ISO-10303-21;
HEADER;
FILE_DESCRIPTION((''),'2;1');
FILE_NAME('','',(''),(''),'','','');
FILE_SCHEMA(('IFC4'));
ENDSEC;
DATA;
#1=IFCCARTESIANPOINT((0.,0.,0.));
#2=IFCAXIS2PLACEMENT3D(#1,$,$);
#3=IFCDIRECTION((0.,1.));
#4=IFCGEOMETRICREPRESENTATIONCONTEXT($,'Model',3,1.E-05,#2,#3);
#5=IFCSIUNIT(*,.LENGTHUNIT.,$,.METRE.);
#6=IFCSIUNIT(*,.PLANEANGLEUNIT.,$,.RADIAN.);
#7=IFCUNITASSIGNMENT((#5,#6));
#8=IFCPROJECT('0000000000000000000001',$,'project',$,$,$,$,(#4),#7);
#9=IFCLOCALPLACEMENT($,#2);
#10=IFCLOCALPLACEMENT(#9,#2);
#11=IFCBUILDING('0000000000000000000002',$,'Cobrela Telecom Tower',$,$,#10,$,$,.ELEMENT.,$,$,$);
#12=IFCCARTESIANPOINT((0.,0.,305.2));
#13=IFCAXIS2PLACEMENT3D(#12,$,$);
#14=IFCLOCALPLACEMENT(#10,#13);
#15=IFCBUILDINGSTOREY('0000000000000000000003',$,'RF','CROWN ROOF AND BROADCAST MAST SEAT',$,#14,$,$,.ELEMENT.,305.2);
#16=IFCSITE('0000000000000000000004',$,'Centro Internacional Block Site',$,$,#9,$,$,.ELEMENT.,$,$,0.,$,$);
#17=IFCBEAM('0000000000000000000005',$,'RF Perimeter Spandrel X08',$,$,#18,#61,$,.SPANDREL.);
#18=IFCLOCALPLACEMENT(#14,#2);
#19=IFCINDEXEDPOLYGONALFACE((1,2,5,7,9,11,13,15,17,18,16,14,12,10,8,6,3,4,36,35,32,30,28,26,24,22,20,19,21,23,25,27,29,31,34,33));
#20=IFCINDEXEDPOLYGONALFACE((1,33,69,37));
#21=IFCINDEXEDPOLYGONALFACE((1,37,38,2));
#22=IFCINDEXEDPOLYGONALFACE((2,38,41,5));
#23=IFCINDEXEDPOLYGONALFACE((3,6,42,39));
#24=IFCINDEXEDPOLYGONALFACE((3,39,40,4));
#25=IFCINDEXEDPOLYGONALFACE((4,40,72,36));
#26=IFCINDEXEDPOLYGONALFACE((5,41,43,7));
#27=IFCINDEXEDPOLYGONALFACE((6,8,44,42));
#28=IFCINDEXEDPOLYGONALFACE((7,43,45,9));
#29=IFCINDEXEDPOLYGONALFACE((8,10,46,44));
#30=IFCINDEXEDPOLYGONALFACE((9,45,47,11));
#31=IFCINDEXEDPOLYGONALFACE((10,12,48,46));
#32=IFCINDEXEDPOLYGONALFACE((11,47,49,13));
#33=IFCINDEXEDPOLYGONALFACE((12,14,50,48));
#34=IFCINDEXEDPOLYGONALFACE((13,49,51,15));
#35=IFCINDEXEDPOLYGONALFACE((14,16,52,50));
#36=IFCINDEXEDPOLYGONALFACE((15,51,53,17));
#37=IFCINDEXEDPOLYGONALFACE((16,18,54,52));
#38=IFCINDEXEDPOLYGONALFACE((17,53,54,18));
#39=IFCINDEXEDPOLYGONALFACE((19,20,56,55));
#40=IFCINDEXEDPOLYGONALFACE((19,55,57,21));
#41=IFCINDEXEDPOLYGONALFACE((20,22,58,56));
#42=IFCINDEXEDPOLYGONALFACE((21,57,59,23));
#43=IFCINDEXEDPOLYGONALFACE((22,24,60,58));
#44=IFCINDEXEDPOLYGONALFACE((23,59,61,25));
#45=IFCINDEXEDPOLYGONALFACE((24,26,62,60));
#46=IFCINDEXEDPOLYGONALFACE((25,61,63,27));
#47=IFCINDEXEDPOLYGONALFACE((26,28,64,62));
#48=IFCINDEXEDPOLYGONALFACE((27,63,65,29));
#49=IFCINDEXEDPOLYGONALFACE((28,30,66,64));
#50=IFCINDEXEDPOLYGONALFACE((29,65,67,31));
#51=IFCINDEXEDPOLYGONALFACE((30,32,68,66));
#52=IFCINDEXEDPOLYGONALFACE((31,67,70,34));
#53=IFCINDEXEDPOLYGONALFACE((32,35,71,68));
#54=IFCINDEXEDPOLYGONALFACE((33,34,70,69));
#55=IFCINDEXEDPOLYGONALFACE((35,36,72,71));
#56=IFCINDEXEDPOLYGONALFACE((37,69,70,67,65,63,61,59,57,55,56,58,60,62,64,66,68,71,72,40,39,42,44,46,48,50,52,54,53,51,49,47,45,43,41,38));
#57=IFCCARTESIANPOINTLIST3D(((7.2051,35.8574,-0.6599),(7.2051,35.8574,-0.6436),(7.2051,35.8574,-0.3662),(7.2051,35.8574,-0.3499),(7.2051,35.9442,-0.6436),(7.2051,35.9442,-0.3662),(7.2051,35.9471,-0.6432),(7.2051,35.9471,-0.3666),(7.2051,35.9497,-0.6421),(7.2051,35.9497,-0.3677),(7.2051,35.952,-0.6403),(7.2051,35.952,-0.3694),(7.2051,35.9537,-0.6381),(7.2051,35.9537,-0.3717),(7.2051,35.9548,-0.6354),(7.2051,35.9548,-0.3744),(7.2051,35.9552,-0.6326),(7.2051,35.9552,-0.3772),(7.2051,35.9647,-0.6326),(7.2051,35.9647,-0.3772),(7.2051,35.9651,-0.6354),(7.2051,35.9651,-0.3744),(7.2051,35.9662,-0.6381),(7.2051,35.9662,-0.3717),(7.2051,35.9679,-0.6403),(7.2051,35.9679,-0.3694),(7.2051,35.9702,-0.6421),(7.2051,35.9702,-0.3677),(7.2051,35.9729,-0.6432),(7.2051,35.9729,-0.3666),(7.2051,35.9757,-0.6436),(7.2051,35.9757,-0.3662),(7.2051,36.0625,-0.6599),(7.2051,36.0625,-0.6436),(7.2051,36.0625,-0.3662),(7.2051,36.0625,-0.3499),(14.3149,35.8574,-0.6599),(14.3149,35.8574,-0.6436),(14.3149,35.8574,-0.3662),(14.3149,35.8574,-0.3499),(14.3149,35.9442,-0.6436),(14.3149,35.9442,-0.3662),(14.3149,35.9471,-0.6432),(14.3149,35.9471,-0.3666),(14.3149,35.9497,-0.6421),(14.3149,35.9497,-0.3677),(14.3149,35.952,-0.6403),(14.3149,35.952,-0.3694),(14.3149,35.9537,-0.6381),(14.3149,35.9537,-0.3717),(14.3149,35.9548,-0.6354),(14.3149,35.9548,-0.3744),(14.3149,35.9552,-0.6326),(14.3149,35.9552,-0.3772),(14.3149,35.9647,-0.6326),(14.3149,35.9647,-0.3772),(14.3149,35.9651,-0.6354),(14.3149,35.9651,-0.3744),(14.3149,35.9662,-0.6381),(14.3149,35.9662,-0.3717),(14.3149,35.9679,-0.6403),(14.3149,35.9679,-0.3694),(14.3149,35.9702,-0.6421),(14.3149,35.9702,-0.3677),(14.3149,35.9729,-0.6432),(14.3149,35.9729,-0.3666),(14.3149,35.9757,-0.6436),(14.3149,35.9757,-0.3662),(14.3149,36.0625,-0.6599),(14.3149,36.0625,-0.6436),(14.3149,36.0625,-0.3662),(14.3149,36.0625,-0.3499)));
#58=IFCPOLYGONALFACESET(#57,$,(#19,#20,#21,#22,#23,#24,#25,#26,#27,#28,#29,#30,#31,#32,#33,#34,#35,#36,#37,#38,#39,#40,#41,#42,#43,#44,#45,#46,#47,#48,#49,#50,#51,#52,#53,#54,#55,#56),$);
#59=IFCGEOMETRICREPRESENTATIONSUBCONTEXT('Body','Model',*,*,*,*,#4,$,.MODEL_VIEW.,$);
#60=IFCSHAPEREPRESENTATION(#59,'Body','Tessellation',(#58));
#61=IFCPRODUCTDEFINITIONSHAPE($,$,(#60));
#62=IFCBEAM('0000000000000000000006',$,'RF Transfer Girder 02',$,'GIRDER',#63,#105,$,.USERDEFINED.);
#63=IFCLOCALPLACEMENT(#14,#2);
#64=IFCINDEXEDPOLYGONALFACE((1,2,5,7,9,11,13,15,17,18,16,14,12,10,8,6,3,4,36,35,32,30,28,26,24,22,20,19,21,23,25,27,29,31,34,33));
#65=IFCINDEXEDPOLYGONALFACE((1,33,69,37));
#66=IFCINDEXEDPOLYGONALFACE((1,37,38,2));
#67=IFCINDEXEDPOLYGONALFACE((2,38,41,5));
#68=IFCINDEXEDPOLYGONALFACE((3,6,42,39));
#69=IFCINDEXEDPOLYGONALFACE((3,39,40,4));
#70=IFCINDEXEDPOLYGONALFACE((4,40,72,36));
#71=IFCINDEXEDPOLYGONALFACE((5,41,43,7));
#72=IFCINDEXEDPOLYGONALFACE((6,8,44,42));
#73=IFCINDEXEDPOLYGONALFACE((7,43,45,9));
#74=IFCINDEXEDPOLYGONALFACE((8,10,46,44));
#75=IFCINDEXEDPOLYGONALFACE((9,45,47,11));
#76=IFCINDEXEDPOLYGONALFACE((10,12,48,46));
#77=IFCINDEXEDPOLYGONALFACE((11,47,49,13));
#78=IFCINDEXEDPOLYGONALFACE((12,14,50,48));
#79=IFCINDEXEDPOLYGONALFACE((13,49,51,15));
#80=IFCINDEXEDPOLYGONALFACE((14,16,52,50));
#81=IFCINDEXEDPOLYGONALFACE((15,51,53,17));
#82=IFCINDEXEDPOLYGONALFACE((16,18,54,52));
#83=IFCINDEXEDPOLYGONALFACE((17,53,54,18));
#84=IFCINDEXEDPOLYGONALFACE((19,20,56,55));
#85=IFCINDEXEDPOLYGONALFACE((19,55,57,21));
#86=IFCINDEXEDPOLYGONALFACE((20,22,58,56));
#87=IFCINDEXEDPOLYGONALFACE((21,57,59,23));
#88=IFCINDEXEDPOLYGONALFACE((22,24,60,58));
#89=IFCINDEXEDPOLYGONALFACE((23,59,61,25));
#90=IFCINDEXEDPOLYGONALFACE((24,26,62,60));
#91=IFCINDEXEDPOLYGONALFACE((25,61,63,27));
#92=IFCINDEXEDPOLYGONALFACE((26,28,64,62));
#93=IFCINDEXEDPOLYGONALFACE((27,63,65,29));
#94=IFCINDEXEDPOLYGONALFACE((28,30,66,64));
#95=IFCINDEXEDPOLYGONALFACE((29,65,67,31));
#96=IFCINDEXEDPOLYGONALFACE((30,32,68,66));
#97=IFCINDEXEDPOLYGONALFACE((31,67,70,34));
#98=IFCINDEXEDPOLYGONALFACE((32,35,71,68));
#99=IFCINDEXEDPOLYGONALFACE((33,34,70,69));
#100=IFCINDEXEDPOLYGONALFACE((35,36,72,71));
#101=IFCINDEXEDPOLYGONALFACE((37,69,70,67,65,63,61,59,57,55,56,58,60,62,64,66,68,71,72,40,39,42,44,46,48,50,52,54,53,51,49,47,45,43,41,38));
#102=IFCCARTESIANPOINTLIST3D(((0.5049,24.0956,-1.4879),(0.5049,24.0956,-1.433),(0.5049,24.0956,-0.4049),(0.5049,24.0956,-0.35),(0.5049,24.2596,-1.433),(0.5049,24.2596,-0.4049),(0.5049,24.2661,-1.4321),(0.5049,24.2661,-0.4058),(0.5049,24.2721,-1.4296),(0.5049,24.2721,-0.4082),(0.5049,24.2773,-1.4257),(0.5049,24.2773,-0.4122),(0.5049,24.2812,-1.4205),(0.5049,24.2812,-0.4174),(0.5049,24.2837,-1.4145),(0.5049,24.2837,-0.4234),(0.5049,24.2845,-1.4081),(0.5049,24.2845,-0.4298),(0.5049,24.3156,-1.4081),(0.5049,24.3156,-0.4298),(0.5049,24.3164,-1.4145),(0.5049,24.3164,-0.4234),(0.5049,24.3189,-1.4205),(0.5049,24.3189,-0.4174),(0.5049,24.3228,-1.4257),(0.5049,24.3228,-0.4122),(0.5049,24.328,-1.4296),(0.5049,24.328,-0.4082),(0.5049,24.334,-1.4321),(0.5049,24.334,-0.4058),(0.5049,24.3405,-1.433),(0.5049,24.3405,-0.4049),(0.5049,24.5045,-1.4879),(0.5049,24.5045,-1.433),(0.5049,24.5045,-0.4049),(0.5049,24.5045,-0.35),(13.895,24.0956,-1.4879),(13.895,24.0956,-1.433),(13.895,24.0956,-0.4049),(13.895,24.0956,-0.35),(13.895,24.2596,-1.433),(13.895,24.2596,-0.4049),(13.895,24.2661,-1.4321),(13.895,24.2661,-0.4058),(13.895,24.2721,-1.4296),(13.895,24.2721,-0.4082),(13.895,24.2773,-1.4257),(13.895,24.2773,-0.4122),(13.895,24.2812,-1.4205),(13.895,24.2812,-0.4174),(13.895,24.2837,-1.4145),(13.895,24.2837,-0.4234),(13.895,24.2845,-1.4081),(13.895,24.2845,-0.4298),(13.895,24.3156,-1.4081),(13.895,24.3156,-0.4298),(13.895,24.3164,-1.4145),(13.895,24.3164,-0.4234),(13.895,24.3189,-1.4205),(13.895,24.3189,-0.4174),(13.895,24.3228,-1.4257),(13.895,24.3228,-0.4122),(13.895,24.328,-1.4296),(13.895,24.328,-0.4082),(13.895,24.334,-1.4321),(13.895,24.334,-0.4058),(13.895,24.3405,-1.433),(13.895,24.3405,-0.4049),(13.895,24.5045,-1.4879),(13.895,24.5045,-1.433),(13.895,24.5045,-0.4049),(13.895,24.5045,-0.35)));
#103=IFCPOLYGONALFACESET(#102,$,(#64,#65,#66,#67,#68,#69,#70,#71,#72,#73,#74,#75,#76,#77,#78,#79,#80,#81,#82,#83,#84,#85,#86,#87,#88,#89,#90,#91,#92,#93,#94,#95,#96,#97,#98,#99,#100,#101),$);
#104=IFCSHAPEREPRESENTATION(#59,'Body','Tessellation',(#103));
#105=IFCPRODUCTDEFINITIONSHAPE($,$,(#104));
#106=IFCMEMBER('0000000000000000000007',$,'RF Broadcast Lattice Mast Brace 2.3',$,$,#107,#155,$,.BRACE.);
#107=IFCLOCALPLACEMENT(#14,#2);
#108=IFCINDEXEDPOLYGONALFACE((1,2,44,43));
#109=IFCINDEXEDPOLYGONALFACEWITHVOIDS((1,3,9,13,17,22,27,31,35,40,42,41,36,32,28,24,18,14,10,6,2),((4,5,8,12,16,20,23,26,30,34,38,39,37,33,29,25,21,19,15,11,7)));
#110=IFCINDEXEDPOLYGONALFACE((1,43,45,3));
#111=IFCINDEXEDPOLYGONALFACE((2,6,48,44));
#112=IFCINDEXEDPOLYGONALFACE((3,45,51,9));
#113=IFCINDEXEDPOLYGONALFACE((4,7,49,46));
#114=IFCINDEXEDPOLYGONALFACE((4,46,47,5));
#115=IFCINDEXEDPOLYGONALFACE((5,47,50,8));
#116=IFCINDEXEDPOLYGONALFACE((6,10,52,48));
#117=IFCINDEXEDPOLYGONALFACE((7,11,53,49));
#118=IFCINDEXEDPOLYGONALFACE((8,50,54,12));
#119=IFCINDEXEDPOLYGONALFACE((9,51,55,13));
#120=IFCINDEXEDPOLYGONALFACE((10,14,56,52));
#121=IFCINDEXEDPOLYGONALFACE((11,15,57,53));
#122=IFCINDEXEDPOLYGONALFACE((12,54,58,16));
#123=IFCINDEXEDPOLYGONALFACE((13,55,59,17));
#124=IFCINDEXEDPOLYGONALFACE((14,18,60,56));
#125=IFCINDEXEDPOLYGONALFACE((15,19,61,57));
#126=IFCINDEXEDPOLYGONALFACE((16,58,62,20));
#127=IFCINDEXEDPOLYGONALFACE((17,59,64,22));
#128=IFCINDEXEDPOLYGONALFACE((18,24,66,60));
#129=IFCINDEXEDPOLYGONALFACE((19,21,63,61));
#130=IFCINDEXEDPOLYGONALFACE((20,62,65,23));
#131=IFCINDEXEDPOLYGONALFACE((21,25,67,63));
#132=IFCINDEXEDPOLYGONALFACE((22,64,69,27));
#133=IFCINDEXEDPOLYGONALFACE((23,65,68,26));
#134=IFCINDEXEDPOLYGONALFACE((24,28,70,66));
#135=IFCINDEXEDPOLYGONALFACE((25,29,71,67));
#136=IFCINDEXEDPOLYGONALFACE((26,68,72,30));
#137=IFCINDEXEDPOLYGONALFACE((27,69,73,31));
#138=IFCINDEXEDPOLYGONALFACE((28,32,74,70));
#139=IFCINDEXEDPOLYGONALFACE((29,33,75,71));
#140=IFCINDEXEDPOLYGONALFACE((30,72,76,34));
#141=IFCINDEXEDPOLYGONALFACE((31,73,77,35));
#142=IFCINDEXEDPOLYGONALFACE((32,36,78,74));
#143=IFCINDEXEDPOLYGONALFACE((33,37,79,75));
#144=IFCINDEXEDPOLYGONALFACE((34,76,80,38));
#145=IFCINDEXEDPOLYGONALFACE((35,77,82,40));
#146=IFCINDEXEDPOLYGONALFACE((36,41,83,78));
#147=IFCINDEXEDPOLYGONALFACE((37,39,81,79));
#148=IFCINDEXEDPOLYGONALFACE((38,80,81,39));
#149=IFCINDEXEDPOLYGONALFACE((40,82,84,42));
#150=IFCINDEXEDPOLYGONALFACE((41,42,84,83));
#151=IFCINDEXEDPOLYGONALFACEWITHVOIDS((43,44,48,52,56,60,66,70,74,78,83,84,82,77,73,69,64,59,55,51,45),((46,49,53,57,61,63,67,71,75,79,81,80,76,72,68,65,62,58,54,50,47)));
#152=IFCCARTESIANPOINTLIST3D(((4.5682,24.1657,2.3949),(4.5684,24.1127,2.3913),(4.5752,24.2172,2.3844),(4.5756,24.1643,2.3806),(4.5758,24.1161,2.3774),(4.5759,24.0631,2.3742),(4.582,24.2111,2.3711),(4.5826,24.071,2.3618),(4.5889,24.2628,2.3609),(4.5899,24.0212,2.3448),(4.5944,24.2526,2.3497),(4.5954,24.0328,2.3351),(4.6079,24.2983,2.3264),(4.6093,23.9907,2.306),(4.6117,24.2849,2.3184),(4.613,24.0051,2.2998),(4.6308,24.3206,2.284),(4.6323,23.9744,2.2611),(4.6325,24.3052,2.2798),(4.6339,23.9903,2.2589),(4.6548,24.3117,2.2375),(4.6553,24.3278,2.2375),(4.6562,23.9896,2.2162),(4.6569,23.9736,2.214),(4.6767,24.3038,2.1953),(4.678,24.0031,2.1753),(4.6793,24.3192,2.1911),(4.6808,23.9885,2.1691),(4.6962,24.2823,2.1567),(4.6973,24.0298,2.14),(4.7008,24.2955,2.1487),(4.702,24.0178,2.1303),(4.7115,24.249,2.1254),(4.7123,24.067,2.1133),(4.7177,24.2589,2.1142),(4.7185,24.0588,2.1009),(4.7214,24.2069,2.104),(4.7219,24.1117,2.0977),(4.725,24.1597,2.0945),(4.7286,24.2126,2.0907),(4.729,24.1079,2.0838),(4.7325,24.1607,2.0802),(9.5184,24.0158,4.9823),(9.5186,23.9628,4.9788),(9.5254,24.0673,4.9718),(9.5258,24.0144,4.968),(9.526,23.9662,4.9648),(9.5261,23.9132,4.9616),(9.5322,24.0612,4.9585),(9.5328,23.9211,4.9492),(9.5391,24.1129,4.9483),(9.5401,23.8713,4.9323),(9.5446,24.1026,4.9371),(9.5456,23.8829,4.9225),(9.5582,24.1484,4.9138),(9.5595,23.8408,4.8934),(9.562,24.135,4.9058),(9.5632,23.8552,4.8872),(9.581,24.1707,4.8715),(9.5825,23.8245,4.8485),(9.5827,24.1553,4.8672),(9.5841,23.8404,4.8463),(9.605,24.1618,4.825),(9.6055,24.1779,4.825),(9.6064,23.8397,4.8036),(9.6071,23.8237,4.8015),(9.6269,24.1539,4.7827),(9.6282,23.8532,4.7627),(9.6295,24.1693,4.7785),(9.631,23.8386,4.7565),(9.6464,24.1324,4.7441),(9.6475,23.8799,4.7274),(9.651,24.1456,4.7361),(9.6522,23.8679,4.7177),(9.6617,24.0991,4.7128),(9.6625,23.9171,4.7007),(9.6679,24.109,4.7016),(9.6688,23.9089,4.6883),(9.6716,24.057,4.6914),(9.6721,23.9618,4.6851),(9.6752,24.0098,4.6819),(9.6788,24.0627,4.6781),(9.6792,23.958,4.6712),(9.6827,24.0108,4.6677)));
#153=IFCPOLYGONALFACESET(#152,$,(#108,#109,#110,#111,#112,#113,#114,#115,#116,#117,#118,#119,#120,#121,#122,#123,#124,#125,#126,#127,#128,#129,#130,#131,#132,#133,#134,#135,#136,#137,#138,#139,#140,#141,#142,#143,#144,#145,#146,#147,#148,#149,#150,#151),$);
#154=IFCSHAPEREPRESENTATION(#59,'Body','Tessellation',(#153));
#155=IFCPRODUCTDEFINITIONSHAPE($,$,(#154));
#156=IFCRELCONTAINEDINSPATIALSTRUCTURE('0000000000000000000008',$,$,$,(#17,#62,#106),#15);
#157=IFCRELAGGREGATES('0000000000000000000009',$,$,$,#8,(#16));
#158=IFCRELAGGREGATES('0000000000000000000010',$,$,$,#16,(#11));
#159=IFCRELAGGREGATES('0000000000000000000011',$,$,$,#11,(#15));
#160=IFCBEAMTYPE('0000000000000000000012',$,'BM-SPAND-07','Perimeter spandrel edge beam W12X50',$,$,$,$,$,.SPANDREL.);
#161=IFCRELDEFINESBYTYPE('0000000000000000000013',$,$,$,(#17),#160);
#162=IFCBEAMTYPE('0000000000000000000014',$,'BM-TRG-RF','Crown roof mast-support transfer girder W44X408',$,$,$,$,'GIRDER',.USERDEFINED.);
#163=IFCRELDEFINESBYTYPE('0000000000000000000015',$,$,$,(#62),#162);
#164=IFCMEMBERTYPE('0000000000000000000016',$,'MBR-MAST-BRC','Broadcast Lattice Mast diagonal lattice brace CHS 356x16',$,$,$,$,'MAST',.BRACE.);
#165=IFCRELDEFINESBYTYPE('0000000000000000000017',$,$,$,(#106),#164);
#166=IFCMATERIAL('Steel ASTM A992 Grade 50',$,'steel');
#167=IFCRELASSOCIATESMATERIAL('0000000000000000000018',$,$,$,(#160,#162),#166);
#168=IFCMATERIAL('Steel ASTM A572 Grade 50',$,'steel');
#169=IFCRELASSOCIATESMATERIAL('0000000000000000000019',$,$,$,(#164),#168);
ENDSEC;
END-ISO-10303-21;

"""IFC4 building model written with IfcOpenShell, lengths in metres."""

from ifc_helpers import new_model, si_unit, direction, frame, origin, origin_2d, place, context, subcontext, project, spatial, hollow_circle, i_section, extrude, material, material_profile, profile_set, type_object, element, save


model = new_model("IFC4")

# Units and contexts
model_context = context("Model", 3, precision=1e-05, world=origin(), true_north=direction((0.0, 1.0)))
body_context = subcontext(model_context, "Body", "Model", "MODEL_VIEW")
ifc_project = project(units=[si_unit("LENGTHUNIT", "METRE"), si_unit("PLANEANGLEUNIT", "RADIAN")], contexts=[model_context])

# Site, building, storey
site_placement = place(None, origin())
site = spatial("IfcSite", under=ifc_project, at=site_placement, Name="Centro Internacional Block Site", CompositionType="ELEMENT", RefElevation=0.0)
building_placement = place(site_placement, origin())
building = spatial("IfcBuilding", under=site, at=building_placement, Name="Cobrela Telecom Tower", CompositionType="ELEMENT")
storey_placement = place(building_placement, frame((0.0, 0.0, 305.2)))
storey = spatial("IfcBuildingStorey", under=building, at=storey_placement, Name="RF", Description="CROWN ROOF AND BROADCAST MAST SEAT", CompositionType="ELEMENT", Elevation=305.2)

# Shared definitions
ifc_material_1 = material(Name="Steel ASTM A572 Grade 50", Category="steel")

# Beams
ifc_material_2 = material(Name="Steel ASTM A992 Grade 50", Category="steel")
ifc_material_profile_1 = material_profile(ifc_material_2, i_section(OverallWidth=0.2051, OverallDepth=0.3101, WebThickness=0.0095, FlangeThickness=0.0164, FilletRadius=0.011, at=origin_2d()), Name="W12X50")
ifc_profile_set_1 = profile_set([ifc_material_profile_1], Name="Steel ASTM A992 Grade 50")
beam_type_1 = type_object("IfcBeamType", Name="BM-SPAND-07", Description="Perimeter spandrel edge beam W12X50", PredefinedType="SPANDREL", material=ifc_profile_set_1)
beam_1_placement = place(storey_placement, frame((7.2051, 35.96, -0.5049), z_axis=(1.0, 0.0, 0.0), x_axis=(0.0, 1.0, 0.0)))
element("IfcBeam", 1, at=beam_1_placement, inside=storey, type_object=beam_type_1, Name="RF Perimeter Spandrel X08", PredefinedType="SPANDREL", context=body_context, shape_type="SweptSolid", body=[
    extrude(i_section(OverallWidth=0.2051, OverallDepth=0.3101, WebThickness=0.0095, FlangeThickness=0.0164, FilletRadius=0.011, at=origin_2d()), origin(), (0.0, 0.0, 1.0), 7.1099),
])
ifc_material_profile_2 = material_profile(ifc_material_2, i_section(OverallWidth=0.4089, OverallDepth=1.1379, WebThickness=0.031, FlangeThickness=0.0549, FilletRadius=0.0249, at=origin_2d()), Name="W44X408")
ifc_profile_set_2 = profile_set([ifc_material_profile_2], Name="Steel ASTM A992 Grade 50")
beam_type_2 = type_object("IfcBeamType", Name="BM-TRG-RF", Description="Crown roof mast-support transfer girder W44X408", ElementType="GIRDER", PredefinedType="USERDEFINED", material=ifc_profile_set_2)
beam_2_placement = place(storey_placement, frame((0.5049, 24.3, -0.9189), z_axis=(1.0, 0.0, 0.0), x_axis=(0.0, 1.0, 0.0)))
element("IfcBeam", 2, at=beam_2_placement, inside=storey, type_object=beam_type_2, Name="RF Transfer Girder 02", ObjectType="GIRDER", PredefinedType="USERDEFINED", context=body_context, shape_type="SweptSolid", body=[
    extrude(i_section(OverallWidth=0.4089, OverallDepth=1.1379, WebThickness=0.031, FlangeThickness=0.0549, FilletRadius=0.0249, at=origin_2d()), origin(), (0.0, 0.0, 1.0), 13.3901),
])

# Member
ifc_material_profile_3 = material_profile(ifc_material_1, hollow_circle(Radius=0.178, WallThickness=0.0161, at=origin_2d()), Name="CHS 356x16")
ifc_profile_set_3 = profile_set([ifc_material_profile_3], Name="Steel ASTM A572 Grade 50")
member_type = type_object("IfcMemberType", Name="MBR-MAST-BRC", Description="Broadcast Lattice Mast diagonal lattice brace CHS 356x16", ElementType="MAST", PredefinedType="BRACE", material=ifc_profile_set_3)
member_1_placement = place(storey_placement, frame((4.6499, 24.1499, 2.2375), z_axis=(0.885921, -0.026828, 0.463059), x_axis=(0.030268, 0.999542, 0.0)))
element("IfcMember", 3, at=member_1_placement, inside=storey, type_object=member_type, Name="RF Broadcast Lattice Mast Brace 2.3", PredefinedType="BRACE", context=body_context, shape_type="SweptSolid", body=[
    extrude(hollow_circle(Radius=0.178, WallThickness=0.0161, at=origin_2d()), origin(), (0.0, 0.0, 1.0), 5.5876),
])

save(model, "model.ifc")
